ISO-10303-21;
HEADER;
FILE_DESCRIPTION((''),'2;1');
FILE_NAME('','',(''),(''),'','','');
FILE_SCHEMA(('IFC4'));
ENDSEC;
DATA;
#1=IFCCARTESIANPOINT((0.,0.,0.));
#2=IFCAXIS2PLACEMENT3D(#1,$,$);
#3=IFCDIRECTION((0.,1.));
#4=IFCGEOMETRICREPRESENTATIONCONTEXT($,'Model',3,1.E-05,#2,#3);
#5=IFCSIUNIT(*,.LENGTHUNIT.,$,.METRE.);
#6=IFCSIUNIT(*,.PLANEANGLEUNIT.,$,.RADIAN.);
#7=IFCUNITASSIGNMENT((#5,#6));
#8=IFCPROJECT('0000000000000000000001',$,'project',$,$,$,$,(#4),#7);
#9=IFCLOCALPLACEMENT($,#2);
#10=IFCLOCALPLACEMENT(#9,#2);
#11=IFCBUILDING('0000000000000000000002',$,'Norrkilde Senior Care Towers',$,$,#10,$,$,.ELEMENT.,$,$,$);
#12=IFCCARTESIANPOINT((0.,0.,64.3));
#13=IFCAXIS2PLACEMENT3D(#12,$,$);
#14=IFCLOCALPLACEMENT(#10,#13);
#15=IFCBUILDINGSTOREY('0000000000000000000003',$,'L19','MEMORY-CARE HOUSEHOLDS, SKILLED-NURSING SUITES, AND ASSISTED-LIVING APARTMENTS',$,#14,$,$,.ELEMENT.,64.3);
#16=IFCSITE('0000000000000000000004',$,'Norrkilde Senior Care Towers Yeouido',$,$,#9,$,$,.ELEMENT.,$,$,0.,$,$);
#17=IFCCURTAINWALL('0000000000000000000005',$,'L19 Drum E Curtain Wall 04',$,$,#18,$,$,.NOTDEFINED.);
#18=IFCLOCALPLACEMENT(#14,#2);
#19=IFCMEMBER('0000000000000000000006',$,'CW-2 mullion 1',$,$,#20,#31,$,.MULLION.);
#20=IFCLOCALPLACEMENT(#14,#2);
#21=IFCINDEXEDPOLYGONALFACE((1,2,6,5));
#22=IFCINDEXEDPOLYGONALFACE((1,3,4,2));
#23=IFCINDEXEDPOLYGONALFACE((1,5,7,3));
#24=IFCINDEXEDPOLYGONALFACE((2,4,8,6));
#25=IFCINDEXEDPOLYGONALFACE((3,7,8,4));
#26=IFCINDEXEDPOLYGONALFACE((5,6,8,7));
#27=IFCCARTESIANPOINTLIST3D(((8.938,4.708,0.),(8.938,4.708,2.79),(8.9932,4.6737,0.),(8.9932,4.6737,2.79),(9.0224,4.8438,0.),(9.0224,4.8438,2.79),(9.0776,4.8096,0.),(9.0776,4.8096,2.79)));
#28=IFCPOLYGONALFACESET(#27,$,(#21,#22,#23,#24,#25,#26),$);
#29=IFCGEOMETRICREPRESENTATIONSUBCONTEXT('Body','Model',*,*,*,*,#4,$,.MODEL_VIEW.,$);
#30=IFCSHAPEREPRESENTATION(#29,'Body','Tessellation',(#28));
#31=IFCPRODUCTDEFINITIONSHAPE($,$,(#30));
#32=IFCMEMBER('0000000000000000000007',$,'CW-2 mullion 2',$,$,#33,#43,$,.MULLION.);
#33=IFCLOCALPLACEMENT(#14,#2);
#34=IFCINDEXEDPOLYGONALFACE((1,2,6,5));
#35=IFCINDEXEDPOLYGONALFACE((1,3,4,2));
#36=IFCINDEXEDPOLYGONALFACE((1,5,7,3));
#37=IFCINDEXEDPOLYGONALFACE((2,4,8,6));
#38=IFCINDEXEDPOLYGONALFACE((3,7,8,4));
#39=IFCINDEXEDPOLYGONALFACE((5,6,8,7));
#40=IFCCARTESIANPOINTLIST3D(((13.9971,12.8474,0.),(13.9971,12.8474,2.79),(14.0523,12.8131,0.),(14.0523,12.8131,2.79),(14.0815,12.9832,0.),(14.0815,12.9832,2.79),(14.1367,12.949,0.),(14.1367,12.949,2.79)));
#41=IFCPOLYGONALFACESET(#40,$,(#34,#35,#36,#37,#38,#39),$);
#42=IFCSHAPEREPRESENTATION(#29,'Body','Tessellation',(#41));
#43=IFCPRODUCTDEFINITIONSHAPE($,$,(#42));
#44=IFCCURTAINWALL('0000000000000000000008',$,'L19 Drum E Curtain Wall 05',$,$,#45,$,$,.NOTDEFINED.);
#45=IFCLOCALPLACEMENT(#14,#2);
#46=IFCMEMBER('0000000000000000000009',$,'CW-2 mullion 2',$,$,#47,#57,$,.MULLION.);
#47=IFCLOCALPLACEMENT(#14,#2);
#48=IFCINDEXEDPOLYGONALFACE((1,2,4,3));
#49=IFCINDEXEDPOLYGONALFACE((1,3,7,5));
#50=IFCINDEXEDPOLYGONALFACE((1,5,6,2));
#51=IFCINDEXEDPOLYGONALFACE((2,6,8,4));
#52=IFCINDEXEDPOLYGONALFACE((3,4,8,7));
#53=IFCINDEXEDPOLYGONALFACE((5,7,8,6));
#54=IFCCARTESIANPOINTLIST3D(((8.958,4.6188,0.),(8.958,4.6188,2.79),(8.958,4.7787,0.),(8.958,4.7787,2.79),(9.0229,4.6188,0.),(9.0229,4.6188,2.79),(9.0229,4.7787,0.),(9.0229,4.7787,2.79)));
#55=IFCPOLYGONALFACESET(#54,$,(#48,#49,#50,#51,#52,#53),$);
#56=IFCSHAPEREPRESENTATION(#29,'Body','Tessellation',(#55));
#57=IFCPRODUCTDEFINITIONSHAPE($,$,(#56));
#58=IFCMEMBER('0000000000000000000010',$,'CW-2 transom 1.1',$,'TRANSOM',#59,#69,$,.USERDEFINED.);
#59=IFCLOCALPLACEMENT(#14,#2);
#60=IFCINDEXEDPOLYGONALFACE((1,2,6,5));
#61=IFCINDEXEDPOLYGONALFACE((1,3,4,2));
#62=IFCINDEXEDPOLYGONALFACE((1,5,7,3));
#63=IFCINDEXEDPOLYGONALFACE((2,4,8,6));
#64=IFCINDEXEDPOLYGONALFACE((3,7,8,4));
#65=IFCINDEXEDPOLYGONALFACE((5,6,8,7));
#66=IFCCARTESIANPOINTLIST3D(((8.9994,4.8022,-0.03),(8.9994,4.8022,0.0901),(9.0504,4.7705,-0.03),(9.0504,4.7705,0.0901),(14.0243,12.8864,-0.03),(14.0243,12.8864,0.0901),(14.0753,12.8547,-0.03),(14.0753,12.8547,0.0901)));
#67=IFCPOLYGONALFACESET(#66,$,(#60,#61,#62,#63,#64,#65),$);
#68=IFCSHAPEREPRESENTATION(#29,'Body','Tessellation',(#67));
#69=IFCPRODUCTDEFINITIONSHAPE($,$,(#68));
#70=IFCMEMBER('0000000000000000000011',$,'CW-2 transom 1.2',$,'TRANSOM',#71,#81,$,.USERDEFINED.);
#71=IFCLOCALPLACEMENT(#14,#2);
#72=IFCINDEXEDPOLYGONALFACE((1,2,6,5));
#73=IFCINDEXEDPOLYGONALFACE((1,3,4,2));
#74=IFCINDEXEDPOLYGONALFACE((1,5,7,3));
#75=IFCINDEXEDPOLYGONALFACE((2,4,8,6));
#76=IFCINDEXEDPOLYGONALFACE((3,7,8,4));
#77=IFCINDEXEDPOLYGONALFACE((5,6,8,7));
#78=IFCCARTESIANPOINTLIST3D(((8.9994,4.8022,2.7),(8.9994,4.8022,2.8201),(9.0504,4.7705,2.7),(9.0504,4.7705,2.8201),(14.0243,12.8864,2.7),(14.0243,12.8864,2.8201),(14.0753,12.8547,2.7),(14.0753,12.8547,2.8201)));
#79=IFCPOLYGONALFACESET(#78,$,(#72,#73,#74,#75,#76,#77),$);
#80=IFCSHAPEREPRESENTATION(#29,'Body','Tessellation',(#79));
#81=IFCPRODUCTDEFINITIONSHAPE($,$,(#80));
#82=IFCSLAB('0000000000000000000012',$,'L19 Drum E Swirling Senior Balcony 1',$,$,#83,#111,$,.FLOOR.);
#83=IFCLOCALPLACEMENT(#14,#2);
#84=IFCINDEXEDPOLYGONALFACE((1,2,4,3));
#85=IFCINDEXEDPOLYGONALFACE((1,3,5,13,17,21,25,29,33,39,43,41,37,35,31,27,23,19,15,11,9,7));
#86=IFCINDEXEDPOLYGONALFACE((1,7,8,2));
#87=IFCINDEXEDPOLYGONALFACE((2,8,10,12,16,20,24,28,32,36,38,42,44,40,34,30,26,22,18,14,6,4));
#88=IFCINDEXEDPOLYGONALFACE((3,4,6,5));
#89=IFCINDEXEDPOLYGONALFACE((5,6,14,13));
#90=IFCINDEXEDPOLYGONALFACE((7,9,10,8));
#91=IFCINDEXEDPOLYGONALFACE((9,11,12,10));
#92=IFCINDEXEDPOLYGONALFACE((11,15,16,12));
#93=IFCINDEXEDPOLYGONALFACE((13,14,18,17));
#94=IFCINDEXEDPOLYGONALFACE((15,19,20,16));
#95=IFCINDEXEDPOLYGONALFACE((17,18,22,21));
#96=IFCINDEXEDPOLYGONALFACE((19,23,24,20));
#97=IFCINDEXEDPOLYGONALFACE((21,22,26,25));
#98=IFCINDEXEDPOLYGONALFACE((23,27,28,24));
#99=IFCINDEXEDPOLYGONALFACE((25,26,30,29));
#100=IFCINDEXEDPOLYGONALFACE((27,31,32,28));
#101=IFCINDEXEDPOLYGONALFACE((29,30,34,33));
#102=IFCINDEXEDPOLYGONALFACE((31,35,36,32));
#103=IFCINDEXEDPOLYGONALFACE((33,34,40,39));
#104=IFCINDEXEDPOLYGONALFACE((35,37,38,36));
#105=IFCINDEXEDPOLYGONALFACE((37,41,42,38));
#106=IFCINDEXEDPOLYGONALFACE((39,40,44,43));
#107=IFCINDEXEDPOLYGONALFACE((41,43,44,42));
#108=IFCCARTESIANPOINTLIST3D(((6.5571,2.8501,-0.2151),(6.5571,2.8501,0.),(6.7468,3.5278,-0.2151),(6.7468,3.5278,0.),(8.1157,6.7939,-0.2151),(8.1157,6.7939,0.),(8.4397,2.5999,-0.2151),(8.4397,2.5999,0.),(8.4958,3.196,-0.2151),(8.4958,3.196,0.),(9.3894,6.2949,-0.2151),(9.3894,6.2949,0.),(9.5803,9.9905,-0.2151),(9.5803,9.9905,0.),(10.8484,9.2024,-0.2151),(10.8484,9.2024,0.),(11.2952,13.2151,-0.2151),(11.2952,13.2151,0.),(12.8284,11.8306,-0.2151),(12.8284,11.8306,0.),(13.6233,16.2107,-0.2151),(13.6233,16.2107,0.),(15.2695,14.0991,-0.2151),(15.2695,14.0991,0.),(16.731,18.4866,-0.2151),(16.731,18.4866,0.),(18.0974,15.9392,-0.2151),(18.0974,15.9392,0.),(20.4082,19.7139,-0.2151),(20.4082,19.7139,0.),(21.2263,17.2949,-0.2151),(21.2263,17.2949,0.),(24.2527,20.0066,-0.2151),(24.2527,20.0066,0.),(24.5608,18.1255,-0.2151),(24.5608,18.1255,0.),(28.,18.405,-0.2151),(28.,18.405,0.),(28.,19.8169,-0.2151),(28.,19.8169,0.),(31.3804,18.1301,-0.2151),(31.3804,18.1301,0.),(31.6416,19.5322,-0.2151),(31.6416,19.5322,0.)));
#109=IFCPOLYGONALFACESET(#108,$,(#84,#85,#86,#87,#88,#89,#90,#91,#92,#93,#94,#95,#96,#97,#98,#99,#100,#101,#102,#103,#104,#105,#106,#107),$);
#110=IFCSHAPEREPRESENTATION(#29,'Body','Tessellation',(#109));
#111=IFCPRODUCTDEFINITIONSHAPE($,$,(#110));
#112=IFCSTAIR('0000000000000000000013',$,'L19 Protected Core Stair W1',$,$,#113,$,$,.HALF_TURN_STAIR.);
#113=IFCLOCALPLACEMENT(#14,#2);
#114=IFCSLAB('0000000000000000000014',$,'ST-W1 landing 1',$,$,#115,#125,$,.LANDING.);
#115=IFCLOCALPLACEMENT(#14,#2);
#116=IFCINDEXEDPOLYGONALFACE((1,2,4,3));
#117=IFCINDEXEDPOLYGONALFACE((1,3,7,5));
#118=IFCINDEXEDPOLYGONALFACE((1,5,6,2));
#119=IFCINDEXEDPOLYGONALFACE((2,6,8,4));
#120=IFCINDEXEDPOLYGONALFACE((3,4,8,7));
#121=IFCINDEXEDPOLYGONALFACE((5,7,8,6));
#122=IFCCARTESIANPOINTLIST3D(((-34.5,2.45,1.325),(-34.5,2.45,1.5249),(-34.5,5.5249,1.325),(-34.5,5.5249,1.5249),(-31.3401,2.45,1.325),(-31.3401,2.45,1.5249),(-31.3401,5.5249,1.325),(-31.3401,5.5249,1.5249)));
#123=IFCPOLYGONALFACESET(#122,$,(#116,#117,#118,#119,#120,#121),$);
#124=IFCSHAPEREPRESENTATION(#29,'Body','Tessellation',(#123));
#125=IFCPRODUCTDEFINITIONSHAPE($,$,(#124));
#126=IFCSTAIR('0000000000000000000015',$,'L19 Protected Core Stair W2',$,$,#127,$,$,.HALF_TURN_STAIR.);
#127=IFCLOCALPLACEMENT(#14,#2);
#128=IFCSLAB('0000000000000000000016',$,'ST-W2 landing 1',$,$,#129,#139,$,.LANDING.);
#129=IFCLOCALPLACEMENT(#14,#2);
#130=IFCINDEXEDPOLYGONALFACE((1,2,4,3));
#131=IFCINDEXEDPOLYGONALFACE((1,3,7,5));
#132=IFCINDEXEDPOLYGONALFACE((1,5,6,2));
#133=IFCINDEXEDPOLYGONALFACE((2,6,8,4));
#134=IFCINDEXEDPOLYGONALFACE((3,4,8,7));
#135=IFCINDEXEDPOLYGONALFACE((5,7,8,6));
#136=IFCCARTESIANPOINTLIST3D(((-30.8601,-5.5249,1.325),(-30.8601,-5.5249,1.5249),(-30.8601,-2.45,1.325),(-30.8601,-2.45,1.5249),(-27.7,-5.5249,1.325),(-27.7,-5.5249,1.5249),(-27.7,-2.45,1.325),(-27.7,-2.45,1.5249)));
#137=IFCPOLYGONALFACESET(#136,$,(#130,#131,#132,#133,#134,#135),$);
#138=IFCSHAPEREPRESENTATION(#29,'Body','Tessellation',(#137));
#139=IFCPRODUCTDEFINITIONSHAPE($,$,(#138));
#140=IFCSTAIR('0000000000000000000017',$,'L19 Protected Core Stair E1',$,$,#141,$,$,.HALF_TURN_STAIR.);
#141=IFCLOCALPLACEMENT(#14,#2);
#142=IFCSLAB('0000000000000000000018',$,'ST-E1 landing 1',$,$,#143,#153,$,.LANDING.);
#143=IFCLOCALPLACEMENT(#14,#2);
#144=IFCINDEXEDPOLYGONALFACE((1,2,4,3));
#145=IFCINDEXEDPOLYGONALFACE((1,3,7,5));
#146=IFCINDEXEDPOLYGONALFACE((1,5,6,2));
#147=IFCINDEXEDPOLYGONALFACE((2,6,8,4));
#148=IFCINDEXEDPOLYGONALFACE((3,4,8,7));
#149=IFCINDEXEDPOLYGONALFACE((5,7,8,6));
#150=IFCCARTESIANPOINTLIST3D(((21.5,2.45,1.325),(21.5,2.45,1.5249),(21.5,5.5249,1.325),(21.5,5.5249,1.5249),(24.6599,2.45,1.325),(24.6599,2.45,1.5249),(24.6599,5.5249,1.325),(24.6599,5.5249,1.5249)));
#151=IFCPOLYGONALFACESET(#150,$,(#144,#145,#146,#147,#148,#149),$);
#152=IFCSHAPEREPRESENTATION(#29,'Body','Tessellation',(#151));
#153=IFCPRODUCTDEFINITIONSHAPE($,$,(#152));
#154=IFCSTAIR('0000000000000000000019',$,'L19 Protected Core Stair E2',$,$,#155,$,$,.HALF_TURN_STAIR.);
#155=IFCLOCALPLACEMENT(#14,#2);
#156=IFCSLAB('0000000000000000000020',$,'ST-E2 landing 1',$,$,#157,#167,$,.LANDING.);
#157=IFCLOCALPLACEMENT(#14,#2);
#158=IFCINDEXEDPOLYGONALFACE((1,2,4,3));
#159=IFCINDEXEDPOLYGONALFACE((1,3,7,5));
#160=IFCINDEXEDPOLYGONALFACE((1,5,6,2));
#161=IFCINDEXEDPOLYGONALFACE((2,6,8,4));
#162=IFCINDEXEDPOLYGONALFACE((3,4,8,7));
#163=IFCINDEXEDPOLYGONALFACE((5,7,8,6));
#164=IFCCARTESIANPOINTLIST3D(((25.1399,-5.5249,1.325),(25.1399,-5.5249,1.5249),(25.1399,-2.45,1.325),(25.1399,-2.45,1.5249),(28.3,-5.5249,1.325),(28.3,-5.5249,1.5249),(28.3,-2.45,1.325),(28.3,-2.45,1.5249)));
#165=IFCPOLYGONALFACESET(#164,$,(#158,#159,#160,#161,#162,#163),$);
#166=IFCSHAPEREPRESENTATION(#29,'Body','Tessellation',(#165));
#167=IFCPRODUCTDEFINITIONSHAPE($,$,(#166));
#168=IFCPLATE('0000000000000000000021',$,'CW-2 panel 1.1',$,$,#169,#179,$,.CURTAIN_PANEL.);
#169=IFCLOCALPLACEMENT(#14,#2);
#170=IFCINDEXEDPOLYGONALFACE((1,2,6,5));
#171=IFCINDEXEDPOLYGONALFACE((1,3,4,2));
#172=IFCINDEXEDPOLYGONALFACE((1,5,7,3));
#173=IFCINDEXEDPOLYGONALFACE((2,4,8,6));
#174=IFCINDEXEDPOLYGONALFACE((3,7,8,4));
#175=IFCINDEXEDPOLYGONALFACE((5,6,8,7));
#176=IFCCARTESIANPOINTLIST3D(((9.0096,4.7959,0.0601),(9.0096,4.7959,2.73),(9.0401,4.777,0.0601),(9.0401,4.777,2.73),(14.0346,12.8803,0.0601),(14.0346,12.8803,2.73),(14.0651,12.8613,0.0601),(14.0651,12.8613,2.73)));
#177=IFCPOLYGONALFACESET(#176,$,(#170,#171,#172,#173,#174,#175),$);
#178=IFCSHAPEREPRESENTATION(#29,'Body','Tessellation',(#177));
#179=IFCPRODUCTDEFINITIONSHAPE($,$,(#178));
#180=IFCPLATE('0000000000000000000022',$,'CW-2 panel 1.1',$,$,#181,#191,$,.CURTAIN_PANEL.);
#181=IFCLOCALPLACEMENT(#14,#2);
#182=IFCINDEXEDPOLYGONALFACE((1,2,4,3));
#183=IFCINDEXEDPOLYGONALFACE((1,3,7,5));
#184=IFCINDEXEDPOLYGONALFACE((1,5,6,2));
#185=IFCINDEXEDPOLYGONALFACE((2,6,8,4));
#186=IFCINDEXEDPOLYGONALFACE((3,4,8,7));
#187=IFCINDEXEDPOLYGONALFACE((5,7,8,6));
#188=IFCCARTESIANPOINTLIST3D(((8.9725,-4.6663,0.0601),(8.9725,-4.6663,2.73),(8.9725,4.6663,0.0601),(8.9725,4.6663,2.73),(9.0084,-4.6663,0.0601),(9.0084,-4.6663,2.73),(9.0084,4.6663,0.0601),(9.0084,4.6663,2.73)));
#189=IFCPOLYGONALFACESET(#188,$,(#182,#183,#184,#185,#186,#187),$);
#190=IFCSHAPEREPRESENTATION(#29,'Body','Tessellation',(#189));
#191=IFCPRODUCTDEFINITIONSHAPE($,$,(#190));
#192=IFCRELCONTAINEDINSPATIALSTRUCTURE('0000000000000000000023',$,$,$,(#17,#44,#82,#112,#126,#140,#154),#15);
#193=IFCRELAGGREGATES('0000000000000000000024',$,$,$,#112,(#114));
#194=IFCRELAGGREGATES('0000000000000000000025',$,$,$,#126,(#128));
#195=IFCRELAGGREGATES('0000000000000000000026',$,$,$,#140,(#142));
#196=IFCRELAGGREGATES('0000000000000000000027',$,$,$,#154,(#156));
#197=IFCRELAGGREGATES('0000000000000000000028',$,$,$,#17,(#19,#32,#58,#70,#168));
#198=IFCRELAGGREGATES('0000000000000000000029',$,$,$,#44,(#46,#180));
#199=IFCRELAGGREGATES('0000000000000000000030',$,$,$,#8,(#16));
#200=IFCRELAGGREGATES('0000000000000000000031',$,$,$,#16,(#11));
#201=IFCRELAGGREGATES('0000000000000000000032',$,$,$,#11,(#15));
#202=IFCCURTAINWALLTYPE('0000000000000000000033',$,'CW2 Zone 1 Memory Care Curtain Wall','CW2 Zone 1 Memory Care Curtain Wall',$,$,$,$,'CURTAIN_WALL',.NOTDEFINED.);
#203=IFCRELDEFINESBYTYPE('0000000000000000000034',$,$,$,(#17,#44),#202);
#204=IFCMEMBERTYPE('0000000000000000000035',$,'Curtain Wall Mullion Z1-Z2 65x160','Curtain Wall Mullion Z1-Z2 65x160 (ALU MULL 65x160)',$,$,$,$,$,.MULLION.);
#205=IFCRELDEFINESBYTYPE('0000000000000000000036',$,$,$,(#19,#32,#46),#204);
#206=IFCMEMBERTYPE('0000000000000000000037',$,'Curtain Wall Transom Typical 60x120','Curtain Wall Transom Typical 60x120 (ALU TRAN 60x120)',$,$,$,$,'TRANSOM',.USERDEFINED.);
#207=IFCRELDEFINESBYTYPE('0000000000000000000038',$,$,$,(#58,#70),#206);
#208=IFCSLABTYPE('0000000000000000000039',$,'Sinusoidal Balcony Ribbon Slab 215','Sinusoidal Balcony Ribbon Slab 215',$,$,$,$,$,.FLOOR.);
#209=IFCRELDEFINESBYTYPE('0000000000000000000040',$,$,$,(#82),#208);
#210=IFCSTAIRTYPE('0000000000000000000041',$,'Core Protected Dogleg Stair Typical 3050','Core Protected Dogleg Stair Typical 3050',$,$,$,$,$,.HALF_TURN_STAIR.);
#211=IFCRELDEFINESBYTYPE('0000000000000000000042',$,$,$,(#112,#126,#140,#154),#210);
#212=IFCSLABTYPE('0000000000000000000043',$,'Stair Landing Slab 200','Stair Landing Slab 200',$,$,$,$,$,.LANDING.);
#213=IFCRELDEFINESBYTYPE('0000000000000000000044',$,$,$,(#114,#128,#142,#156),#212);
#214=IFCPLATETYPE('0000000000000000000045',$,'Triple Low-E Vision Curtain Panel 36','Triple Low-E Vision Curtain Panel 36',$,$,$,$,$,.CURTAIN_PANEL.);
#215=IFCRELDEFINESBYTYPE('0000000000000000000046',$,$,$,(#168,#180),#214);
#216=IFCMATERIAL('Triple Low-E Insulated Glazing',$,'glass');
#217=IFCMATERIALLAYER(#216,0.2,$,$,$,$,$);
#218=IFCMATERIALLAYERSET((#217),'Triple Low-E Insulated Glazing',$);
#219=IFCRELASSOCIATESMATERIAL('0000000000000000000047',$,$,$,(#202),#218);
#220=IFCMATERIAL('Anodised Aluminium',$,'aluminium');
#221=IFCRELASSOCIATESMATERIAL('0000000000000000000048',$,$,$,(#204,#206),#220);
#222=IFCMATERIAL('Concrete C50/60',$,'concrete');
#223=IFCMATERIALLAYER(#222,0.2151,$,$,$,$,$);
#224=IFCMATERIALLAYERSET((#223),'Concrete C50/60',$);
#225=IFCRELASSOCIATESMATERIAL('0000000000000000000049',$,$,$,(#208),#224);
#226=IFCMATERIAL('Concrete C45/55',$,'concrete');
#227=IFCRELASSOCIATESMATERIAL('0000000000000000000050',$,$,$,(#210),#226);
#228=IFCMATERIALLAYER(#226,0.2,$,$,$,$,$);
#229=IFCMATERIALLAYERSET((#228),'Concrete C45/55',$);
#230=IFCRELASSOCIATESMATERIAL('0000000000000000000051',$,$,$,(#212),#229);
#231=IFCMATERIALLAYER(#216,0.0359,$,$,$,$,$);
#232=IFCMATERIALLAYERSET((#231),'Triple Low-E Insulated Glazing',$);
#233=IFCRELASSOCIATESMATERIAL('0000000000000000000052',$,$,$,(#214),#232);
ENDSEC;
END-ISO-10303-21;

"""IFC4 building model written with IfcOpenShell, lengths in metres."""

from ifc_helpers import new_model, si_unit, direction, frame, origin, origin_2d, place, context, subcontext, project, spatial, polyline, rectangle, outline, extrude, source, transform, mapped, material, layer, layer_set, material_profile, profile_set, type_object, type_shapes, element, aggregate, save


model = new_model("IFC4")

# Units and contexts
model_context = context("Model", 3, precision=1e-05, world=origin(), true_north=direction((0.0, 1.0)))
body_context = subcontext(model_context, "Body", "Model", "MODEL_VIEW")
ifc_project = project(units=[si_unit("LENGTHUNIT", "METRE"), si_unit("PLANEANGLEUNIT", "RADIAN")], contexts=[model_context])

# Site, building, storey
site_placement = place(None, origin())
site = spatial("IfcSite", under=ifc_project, at=site_placement, Name="Norrkilde Senior Care Towers Yeouido", CompositionType="ELEMENT", RefElevation=0.0)
building_placement = place(site_placement, origin())
building = spatial("IfcBuilding", under=site, at=building_placement, Name="Norrkilde Senior Care Towers", CompositionType="ELEMENT")
storey_placement = place(building_placement, frame((0.0, 0.0, 64.3)))
storey = spatial("IfcBuildingStorey", under=building, at=storey_placement, Name="L19", Description="MEMORY-CARE HOUSEHOLDS, SKILLED-NURSING SUITES, AND ASSISTED-LIVING APARTMENTS", CompositionType="ELEMENT", Elevation=64.3)

# Curtain wall, members
ifc_material_1 = material(Name="Triple Low-E Insulated Glazing", Category="glass")
ifc_layer_1 = layer(ifc_material_1, 0.2)
ifc_layer_set_1 = layer_set([ifc_layer_1], Name="Triple Low-E Insulated Glazing")
curtain_wall_type = type_object("IfcCurtainWallType", Name="CW2 Zone 1 Memory Care Curtain Wall", Description="CW2 Zone 1 Memory Care Curtain Wall", ElementType="CURTAIN_WALL", PredefinedType="NOTDEFINED", material=ifc_layer_set_1)
curtain_wall_1_placement = place(storey_placement, origin())
curtain_wall_1 = element("IfcCurtainWall", 1, at=curtain_wall_1_placement, inside=storey, type_object=curtain_wall_type, Name="L19 Drum E Curtain Wall 04", PredefinedType="NOTDEFINED")
ifc_material_2 = material(Name="Anodised Aluminium", Category="aluminium")
ifc_material_profile_1 = material_profile(ifc_material_2, rectangle(XDim=0.0649, YDim=0.1599, at=origin_2d()), Name="ALU MULL 65x160")
ifc_profile_set_1 = profile_set([ifc_material_profile_1], Name="Anodised Aluminium")
member_type_1 = type_object("IfcMemberType", Name="Curtain Wall Mullion Z1-Z2 65x160", Description="Curtain Wall Mullion Z1-Z2 65x160 (ALU MULL 65x160)", PredefinedType="MULLION", material=ifc_profile_set_1)
shared_shape_1 = source(origin(), body_context, "Body", "SweptSolid", [
    extrude(rectangle(XDim=0.0649, YDim=0.1599, at=origin_2d()), origin(), (0.0, 0.0, 1.0), 2.79),
])
type_shapes(member_type_1, [shared_shape_1])
member_1_placement = place(storey_placement, frame((9.0078, 4.7588, 0.0), z_axis=(0.0, 0.0, 1.0), x_axis=(-0.849306, 0.527901, 0.0)))
member_1 = element("IfcMember", 2, at=member_1_placement, type_object=member_type_1, Name="CW-2 mullion 1", PredefinedType="MULLION", context=body_context, shape_type="MappedRepresentation", body=[
    mapped(shared_shape_1, transform((0.0, 0.0, 0.0), x_axis=(1.0, 0.0, 0.0), y_axis=(0.0, 1.0, 0.0), z_axis=(0.0, 0.0, 1.0), scale=1.0)),
])
member_2_placement = place(storey_placement, frame((14.0669, 12.8982, 0.0), z_axis=(0.0, 0.0, 1.0), x_axis=(-0.849306, 0.527901, 0.0)))
member_2 = element("IfcMember", 3, at=member_2_placement, type_object=member_type_1, Name="CW-2 mullion 2", PredefinedType="MULLION", context=body_context, shape_type="MappedRepresentation", body=[
    mapped(shared_shape_1, transform((0.0, 0.0, 0.0), x_axis=(1.0, 0.0, 0.0), y_axis=(0.0, 1.0, 0.0), z_axis=(0.0, 0.0, 1.0), scale=1.0)),
])

# Curtain wall, member
curtain_wall_2_placement = place(storey_placement, origin())
curtain_wall_2 = element("IfcCurtainWall", 4, at=curtain_wall_2_placement, inside=storey, type_object=curtain_wall_type, Name="L19 Drum E Curtain Wall 05", PredefinedType="NOTDEFINED")
member_3_placement = place(storey_placement, frame((8.9905, 4.6987, 0.0), z_axis=(0.0, 0.0, 1.0), x_axis=(-1.0, 0.0, 0.0)))
member_3 = element("IfcMember", 5, at=member_3_placement, type_object=member_type_1, Name="CW-2 mullion 2", PredefinedType="MULLION", context=body_context, shape_type="MappedRepresentation", body=[
    mapped(shared_shape_1, transform((0.0, 0.0, 0.0), x_axis=(1.0, 0.0, 0.0), y_axis=(0.0, 1.0, 0.0), z_axis=(0.0, 0.0, 1.0), scale=1.0)),
])

# Members
ifc_material_profile_2 = material_profile(ifc_material_2, rectangle(XDim=0.0601, YDim=0.1201, at=origin_2d()), Name="ALU TRAN 60x120")
ifc_profile_set_2 = profile_set([ifc_material_profile_2], Name="Anodised Aluminium")
member_type_2 = type_object("IfcMemberType", Name="Curtain Wall Transom Typical 60x120", Description="Curtain Wall Transom Typical 60x120 (ALU TRAN 60x120)", ElementType="TRANSOM", PredefinedType="USERDEFINED", material=ifc_profile_set_2)
shared_shape_2 = source(origin(), body_context, "Body", "SweptSolid", [
    extrude(rectangle(XDim=0.0601, YDim=0.1201, at=origin_2d()), origin(), (0.0, 0.0, 1.0), 9.5186),
])
type_shapes(member_type_2, [shared_shape_2])
member_4_placement = place(storey_placement, frame((9.0249, 4.7864, 0.03), z_axis=(0.527902, 0.849306, 0.0), x_axis=(-0.849306, 0.527902, 0.0)))
member_4 = element("IfcMember", 6, at=member_4_placement, type_object=member_type_2, Name="CW-2 transom 1.1", ObjectType="TRANSOM", PredefinedType="USERDEFINED", context=body_context, shape_type="MappedRepresentation", body=[
    mapped(shared_shape_2, transform((0.0, 0.0, 0.0), x_axis=(1.0, 0.0, 0.0), y_axis=(0.0, 1.0, 0.0), z_axis=(0.0, 0.0, 1.0), scale=1.0)),
])
member_5_placement = place(storey_placement, frame((9.0249, 4.7864, 2.76), z_axis=(0.527902, 0.849306, 0.0), x_axis=(-0.849306, 0.527902, 0.0)))
member_5 = element("IfcMember", 7, at=member_5_placement, type_object=member_type_2, Name="CW-2 transom 1.2", ObjectType="TRANSOM", PredefinedType="USERDEFINED", context=body_context, shape_type="MappedRepresentation", body=[
    mapped(shared_shape_2, transform((0.0, 0.0, 0.0), x_axis=(1.0, 0.0, 0.0), y_axis=(0.0, 1.0, 0.0), z_axis=(0.0, 0.0, 1.0), scale=1.0)),
])

# Slab
ifc_material_3 = material(Name="Concrete C50/60", Category="concrete")
ifc_layer_2 = layer(ifc_material_3, 0.2151)
ifc_layer_set_2 = layer_set([ifc_layer_2], Name="Concrete C50/60")
slab_type_1 = type_object("IfcSlabType", Name="Sinusoidal Balcony Ribbon Slab 215", Description="Sinusoidal Balcony Ribbon Slab 215", PredefinedType="FLOOR", material=ifc_layer_set_2)
slab_1_placement = place(storey_placement, frame((0.0, 0.0, -0.2151)))
element("IfcSlab", 8, at=slab_1_placement, inside=storey, type_object=slab_type_1, Name="L19 Drum E Swirling Senior Balcony 1", PredefinedType="FLOOR", context=body_context, shape_type="SweptSolid", body=[
    extrude(outline(polyline([(8.1157, 6.7939), (9.5803, 9.9905), (11.2952, 13.2151), (13.6233, 16.2107), (16.731, 18.4866), (20.4082, 19.7139), (24.2527, 20.0066), (28.0, 19.8169), (31.6416, 19.5322), (31.3804, 18.1301), (28.0, 18.405), (24.5608, 18.1255), (21.2263, 17.2949), (18.0974, 15.9392), (15.2695, 14.0991), (12.8284, 11.8306), (10.8484, 9.2024), (9.3894, 6.2949), (8.4958, 3.196), (8.4397, 2.5999), (6.5571, 2.8501), (6.7468, 3.5278), (8.1157, 6.7939)])), origin(), (0.0, 0.0, 1.0), 0.2151),
])

# Stairs, slabs
ifc_material_4 = material(Name="Concrete C45/55", Category="concrete")
stair_type = type_object("IfcStairType", Name="Core Protected Dogleg Stair Typical 3050", Description="Core Protected Dogleg Stair Typical 3050", PredefinedType="HALF_TURN_STAIR", material=ifc_material_4)
stair_1_placement = place(storey_placement, origin())
stair_1 = element("IfcStair", 9, at=stair_1_placement, inside=storey, type_object=stair_type, Name="L19 Protected Core Stair W1", PredefinedType="HALF_TURN_STAIR")
ifc_layer_3 = layer(ifc_material_4, 0.2)
ifc_layer_set_3 = layer_set([ifc_layer_3], Name="Concrete C45/55")
slab_type_2 = type_object("IfcSlabType", Name="Stair Landing Slab 200", Description="Stair Landing Slab 200", PredefinedType="LANDING", material=ifc_layer_set_3)
slab_2_placement = place(storey_placement, frame((0.0, 0.0, 1.325)))
slab_2 = element("IfcSlab", 10, at=slab_2_placement, type_object=slab_type_2, Name="ST-W1 landing 1", PredefinedType="LANDING", context=body_context, shape_type="SweptSolid", body=[
    extrude(outline(polyline([(-31.3401, 5.5249), (-34.5, 5.5249), (-34.5, 2.45), (-31.3401, 2.45), (-31.3401, 5.5249)])), origin(), (0.0, 0.0, 1.0), 0.2),
])
aggregate(stair_1, [slab_2])
stair_2_placement = place(storey_placement, origin())
stair_2 = element("IfcStair", 11, at=stair_2_placement, inside=storey, type_object=stair_type, Name="L19 Protected Core Stair W2", PredefinedType="HALF_TURN_STAIR")
slab_3_placement = place(storey_placement, frame((0.0, 0.0, 1.325)))
slab_3 = element("IfcSlab", 12, at=slab_3_placement, type_object=slab_type_2, Name="ST-W2 landing 1", PredefinedType="LANDING", context=body_context, shape_type="SweptSolid", body=[
    extrude(outline(polyline([(-30.8601, -5.5249), (-27.7, -5.5249), (-27.7, -2.45), (-30.8601, -2.45), (-30.8601, -5.5249)])), origin(), (0.0, 0.0, 1.0), 0.2),
])
aggregate(stair_2, [slab_3])
stair_3_placement = place(storey_placement, origin())
stair_3 = element("IfcStair", 13, at=stair_3_placement, inside=storey, type_object=stair_type, Name="L19 Protected Core Stair E1", PredefinedType="HALF_TURN_STAIR")
slab_4_placement = place(storey_placement, frame((0.0, 0.0, 1.325)))
slab_4 = element("IfcSlab", 14, at=slab_4_placement, type_object=slab_type_2, Name="ST-E1 landing 1", PredefinedType="LANDING", context=body_context, shape_type="SweptSolid", body=[
    extrude(outline(polyline([(24.6599, 5.5249), (21.5, 5.5249), (21.5, 2.45), (24.6599, 2.45), (24.6599, 5.5249)])), origin(), (0.0, 0.0, 1.0), 0.2),
])
aggregate(stair_3, [slab_4])
stair_4_placement = place(storey_placement, origin())
stair_4 = element("IfcStair", 15, at=stair_4_placement, inside=storey, type_object=stair_type, Name="L19 Protected Core Stair E2", PredefinedType="HALF_TURN_STAIR")
slab_5_placement = place(storey_placement, frame((0.0, 0.0, 1.325)))
slab_5 = element("IfcSlab", 16, at=slab_5_placement, type_object=slab_type_2, Name="ST-E2 landing 1", PredefinedType="LANDING", context=body_context, shape_type="SweptSolid", body=[
    extrude(outline(polyline([(25.1399, -5.5249), (28.3, -5.5249), (28.3, -2.45), (25.1399, -2.45), (25.1399, -5.5249)])), origin(), (0.0, 0.0, 1.0), 0.2),
])
aggregate(stair_4, [slab_5])

# Plates
ifc_layer_4 = layer(ifc_material_1, 0.0359)
ifc_layer_set_4 = layer_set([ifc_layer_4], Name="Triple Low-E Insulated Glazing")
plate_type = type_object("IfcPlateType", Name="Triple Low-E Vision Curtain Panel 36", Description="Triple Low-E Vision Curtain Panel 36", PredefinedType="CURTAIN_PANEL", material=ifc_layer_set_4)
shared_shape_3 = source(origin(), body_context, "Body", "SweptSolid", [
    extrude(rectangle(XDim=9.5188, YDim=0.0359, at=origin_2d()), origin(), (0.0, 0.0, 1.0), 2.6699),
])
plate_1_placement = place(storey_placement, frame((11.5374, 8.8286, 0.0601), z_axis=(0.0, 0.0, 1.0), x_axis=(0.527901, 0.849306, 0.0)))
plate_1 = element("IfcPlate", 17, at=plate_1_placement, type_object=plate_type, Name="CW-2 panel 1.1", PredefinedType="CURTAIN_PANEL", context=body_context, shape_type="MappedRepresentation", body=[
    mapped(shared_shape_3, transform((0.0, 0.0, 0.0), x_axis=(1.0, 0.0, 0.0), y_axis=(0.0, 1.0, 0.0), z_axis=(0.0, 0.0, 1.0), scale=1.0)),
])
aggregate(curtain_wall_1, [member_1, member_2, member_4, member_5, plate_1])
shared_shape_4 = source(origin(), body_context, "Body", "SweptSolid", [
    extrude(rectangle(XDim=9.3325, YDim=0.0359, at=origin_2d()), origin(), (0.0, 0.0, 1.0), 2.6699),
])
type_shapes(plate_type, [shared_shape_3, shared_shape_4])
plate_2_placement = place(storey_placement, frame((8.9905, 0.0, 0.0601), z_axis=(0.0, 0.0, 1.0), x_axis=(0.0, 1.0, 0.0)))
plate_2 = element("IfcPlate", 18, at=plate_2_placement, type_object=plate_type, Name="CW-2 panel 1.1", PredefinedType="CURTAIN_PANEL", context=body_context, shape_type="MappedRepresentation", body=[
    mapped(shared_shape_4, transform((0.0, 0.0, 0.0), x_axis=(1.0, 0.0, 0.0), y_axis=(0.0, 1.0, 0.0), z_axis=(0.0, 0.0, 1.0), scale=1.0)),
])
aggregate(curtain_wall_2, [member_3, plate_2])

save(model, "model.ifc")
